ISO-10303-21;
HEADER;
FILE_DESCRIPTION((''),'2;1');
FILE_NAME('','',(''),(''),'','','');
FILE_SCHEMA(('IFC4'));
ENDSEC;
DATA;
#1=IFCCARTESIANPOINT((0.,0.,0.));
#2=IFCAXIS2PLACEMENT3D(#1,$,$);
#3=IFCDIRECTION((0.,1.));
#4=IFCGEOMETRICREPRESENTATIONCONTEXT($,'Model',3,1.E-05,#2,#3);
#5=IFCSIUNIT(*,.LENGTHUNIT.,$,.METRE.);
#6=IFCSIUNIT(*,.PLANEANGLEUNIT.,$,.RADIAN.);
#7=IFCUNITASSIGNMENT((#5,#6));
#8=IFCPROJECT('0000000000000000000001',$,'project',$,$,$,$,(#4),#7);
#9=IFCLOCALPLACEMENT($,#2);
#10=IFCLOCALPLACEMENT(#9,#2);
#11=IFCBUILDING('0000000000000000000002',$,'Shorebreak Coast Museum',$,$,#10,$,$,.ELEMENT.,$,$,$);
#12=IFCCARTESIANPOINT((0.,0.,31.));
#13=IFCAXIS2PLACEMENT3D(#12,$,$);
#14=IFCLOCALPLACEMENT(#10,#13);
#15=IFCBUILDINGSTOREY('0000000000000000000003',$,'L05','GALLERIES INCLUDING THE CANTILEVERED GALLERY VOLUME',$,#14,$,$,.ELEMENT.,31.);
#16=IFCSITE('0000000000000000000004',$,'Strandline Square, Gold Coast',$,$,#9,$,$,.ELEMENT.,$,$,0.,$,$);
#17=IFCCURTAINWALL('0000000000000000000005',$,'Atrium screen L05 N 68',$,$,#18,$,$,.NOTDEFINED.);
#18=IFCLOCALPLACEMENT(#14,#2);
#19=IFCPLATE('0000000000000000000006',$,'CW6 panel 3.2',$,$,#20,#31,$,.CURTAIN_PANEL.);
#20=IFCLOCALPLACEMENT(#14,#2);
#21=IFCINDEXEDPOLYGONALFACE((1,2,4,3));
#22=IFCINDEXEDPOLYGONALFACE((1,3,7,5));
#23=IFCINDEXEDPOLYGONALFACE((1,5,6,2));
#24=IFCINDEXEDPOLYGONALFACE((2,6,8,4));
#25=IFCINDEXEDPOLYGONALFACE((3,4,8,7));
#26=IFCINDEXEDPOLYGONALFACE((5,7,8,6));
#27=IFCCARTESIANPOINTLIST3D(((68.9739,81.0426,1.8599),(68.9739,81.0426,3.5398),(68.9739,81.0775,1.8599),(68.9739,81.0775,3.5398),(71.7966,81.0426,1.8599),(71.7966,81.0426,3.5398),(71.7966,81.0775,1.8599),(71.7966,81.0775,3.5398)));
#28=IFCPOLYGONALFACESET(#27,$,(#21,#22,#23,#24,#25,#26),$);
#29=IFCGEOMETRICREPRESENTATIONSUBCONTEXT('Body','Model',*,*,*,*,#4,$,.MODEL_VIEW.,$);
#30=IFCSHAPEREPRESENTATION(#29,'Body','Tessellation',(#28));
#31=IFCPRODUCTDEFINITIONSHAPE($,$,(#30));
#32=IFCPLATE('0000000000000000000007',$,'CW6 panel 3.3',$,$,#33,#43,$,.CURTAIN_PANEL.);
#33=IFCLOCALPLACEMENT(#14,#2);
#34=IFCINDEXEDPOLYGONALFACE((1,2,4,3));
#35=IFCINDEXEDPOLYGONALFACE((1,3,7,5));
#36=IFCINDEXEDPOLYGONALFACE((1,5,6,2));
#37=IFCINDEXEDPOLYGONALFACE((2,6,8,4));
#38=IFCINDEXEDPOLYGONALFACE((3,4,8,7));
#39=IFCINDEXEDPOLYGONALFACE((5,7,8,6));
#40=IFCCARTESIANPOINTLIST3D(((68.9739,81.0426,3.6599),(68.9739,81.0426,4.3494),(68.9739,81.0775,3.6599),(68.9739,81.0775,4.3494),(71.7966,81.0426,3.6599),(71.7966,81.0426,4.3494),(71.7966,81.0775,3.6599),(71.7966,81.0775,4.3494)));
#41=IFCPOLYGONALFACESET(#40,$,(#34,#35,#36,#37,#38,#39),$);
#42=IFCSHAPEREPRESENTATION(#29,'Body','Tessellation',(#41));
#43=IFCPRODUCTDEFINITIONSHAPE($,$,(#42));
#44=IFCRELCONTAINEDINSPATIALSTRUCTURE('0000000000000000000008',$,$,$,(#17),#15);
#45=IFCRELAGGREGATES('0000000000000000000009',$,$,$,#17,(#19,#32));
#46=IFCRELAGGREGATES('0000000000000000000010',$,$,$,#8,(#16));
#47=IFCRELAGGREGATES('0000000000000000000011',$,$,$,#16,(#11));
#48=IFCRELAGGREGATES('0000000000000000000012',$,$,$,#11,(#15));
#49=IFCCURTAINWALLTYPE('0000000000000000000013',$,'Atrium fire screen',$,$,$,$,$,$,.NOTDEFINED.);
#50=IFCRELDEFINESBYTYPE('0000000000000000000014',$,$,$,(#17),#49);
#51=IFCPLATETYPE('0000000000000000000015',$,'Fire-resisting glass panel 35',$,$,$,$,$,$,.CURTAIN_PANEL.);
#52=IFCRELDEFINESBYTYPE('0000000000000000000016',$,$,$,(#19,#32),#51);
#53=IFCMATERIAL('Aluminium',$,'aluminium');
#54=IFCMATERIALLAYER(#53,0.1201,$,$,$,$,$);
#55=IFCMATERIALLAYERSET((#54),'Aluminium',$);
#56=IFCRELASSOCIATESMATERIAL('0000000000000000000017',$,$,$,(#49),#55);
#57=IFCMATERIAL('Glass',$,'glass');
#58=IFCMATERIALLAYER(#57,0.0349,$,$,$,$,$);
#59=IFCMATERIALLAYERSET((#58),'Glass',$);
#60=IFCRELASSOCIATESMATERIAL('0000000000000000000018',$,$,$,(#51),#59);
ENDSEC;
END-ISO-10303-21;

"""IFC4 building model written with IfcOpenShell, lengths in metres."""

from ifc_helpers import new_model, si_unit, direction, frame, origin, origin_2d, place, context, subcontext, project, spatial, rectangle, extrude, material, layer, layer_set, type_object, element, aggregate, save


model = new_model("IFC4")

# Units and contexts
model_context = context("Model", 3, precision=1e-05, world=origin(), true_north=direction((0.0, 1.0)))
body_context = subcontext(model_context, "Body", "Model", "MODEL_VIEW")
ifc_project = project(units=[si_unit("LENGTHUNIT", "METRE"), si_unit("PLANEANGLEUNIT", "RADIAN")], contexts=[model_context])

# Site, building, storey
site_placement = place(None, origin())
site = spatial("IfcSite", under=ifc_project, at=site_placement, Name="Strandline Square, Gold Coast", CompositionType="ELEMENT", RefElevation=0.0)
building_placement = place(site_placement, origin())
building = spatial("IfcBuilding", under=site, at=building_placement, Name="Shorebreak Coast Museum", CompositionType="ELEMENT")
storey_placement = place(building_placement, frame((0.0, 0.0, 31.0)))
storey = spatial("IfcBuildingStorey", under=building, at=storey_placement, Name="L05", Description="GALLERIES INCLUDING THE CANTILEVERED GALLERY VOLUME", CompositionType="ELEMENT", Elevation=31.0)

# Curtain wall
ifc_material_1 = material(Name="Aluminium", Category="aluminium")
ifc_layer_1 = layer(ifc_material_1, 0.1201)
ifc_layer_set_1 = layer_set([ifc_layer_1], Name="Aluminium")
curtain_wall_type = type_object("IfcCurtainWallType", Name="Atrium fire screen", PredefinedType="NOTDEFINED", material=ifc_layer_set_1)
curtain_wall_1_placement = place(storey_placement, origin())
curtain_wall_1 = element("IfcCurtainWall", 1, at=curtain_wall_1_placement, inside=storey, type_object=curtain_wall_type, Name="Atrium screen L05 N 68", PredefinedType="NOTDEFINED")

# Plates
ifc_material_2 = material(Name="Glass", Category="glass")
ifc_layer_2 = layer(ifc_material_2, 0.0349)
ifc_layer_set_2 = layer_set([ifc_layer_2], Name="Glass")
plate_type = type_object("IfcPlateType", Name="Fire-resisting glass panel 35", PredefinedType="CURTAIN_PANEL", material=ifc_layer_set_2)
plate_1_placement = place(storey_placement, frame((70.3853, 81.0601, 1.8599), z_axis=(0.0, 0.0, 1.0), x_axis=(1.0, 0.0, 0.0)))
plate_1 = element("IfcPlate", 2, at=plate_1_placement, type_object=plate_type, Name="CW6 panel 3.2", PredefinedType="CURTAIN_PANEL", context=body_context, shape_type="SweptSolid", body=[
    extrude(rectangle(XDim=2.8228, YDim=0.0349, at=origin_2d()), origin(), (0.0, 0.0, 1.0), 1.6799),
])
plate_2_placement = place(storey_placement, frame((70.3853, 81.0601, 3.6599), z_axis=(0.0, 0.0, 1.0), x_axis=(1.0, 0.0, 0.0)))
plate_2 = element("IfcPlate", 3, at=plate_2_placement, type_object=plate_type, Name="CW6 panel 3.3", PredefinedType="CURTAIN_PANEL", context=body_context, shape_type="SweptSolid", body=[
    extrude(rectangle(XDim=2.8228, YDim=0.0349, at=origin_2d()), origin(), (0.0, 0.0, 1.0), 0.6895),
])
aggregate(curtain_wall_1, [plate_1, plate_2])

save(model, "model.ifc")
